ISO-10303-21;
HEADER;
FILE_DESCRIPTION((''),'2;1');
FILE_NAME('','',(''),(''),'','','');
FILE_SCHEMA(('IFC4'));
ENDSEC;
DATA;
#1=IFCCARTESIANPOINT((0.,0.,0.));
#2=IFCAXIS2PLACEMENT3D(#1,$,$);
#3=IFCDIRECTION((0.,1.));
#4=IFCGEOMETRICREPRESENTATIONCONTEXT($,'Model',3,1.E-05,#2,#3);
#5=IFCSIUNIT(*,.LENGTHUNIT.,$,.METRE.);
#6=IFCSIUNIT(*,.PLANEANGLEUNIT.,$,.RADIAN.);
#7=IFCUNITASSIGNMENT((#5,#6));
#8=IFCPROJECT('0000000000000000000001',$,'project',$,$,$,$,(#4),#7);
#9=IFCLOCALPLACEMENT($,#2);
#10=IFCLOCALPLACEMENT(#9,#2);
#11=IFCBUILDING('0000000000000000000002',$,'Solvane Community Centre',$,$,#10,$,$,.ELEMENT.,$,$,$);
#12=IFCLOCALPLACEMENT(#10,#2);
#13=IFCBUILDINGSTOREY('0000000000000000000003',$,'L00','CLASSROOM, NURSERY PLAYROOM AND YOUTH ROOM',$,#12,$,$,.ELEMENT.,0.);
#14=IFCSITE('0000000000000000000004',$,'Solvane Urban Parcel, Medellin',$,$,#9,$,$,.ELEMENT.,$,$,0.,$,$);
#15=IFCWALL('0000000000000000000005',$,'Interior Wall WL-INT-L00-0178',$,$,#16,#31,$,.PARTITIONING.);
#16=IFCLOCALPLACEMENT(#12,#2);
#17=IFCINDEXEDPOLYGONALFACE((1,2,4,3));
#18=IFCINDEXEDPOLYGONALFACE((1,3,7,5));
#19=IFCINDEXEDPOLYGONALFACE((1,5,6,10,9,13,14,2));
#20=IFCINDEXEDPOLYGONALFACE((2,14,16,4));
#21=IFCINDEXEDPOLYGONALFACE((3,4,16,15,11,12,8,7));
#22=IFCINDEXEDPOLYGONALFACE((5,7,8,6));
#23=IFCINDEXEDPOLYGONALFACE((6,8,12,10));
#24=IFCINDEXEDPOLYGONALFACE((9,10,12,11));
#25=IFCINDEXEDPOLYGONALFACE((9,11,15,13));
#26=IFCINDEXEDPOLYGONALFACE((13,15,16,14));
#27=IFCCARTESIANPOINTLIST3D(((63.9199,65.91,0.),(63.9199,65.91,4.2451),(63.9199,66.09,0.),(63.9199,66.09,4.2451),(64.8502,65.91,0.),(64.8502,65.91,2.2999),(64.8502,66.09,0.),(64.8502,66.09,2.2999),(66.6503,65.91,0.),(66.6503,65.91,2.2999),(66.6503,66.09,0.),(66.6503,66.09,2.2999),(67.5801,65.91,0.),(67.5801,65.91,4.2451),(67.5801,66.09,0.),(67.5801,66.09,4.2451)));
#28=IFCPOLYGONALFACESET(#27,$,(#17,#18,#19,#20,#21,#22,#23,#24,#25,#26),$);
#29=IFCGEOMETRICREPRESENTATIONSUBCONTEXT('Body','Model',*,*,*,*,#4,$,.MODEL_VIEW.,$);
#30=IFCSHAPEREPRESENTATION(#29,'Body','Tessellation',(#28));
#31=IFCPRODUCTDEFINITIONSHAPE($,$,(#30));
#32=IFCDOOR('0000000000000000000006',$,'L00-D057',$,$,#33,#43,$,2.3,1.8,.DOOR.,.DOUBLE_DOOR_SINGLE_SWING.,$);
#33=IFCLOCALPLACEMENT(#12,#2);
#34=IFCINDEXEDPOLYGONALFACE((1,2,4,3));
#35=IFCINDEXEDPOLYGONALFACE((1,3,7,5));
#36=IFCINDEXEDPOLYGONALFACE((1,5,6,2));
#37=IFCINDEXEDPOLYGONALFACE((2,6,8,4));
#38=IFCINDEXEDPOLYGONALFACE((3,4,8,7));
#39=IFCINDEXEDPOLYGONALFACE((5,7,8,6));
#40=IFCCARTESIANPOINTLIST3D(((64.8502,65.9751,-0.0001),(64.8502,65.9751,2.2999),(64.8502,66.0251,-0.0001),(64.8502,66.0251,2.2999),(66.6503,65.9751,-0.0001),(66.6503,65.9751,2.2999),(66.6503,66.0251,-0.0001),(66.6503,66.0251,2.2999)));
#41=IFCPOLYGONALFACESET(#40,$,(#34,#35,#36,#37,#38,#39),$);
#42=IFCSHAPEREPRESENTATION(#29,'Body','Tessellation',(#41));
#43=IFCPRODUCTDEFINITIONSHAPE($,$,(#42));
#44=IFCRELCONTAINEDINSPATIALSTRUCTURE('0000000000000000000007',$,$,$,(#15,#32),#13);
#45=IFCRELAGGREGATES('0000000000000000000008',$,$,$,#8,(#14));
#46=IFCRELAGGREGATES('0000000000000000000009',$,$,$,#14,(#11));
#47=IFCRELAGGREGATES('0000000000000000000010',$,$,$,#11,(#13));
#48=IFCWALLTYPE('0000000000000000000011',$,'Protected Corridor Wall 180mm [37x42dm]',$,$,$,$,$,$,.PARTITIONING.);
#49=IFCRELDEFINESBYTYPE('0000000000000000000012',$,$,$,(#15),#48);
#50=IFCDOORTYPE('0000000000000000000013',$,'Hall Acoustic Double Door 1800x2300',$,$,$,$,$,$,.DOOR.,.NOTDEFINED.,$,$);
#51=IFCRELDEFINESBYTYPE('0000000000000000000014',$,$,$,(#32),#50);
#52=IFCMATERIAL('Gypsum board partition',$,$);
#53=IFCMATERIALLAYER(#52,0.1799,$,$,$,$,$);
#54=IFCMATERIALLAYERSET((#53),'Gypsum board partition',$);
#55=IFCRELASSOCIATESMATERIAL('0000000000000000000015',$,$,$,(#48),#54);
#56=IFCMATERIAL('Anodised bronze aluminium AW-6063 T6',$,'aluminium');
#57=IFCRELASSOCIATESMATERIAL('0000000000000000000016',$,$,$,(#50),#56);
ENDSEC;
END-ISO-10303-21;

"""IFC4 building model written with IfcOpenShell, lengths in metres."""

from ifc_helpers import new_model, si_unit, direction, frame, frame_2d, origin, place, context, subcontext, project, spatial, rectangle, extrude, material, layer, layer_set, type_object, element, fill, save


model = new_model("IFC4")

# Units and contexts
model_context = context("Model", 3, precision=1e-05, world=origin(), true_north=direction((0.0, 1.0)))
body_context = subcontext(model_context, "Body", "Model", "MODEL_VIEW")
ifc_project = project(units=[si_unit("LENGTHUNIT", "METRE"), si_unit("PLANEANGLEUNIT", "RADIAN")], contexts=[model_context])

# Site, building, storey
site_placement = place(None, origin())
site = spatial("IfcSite", under=ifc_project, at=site_placement, Name="Solvane Urban Parcel, Medellin", CompositionType="ELEMENT", RefElevation=0.0)
building_placement = place(site_placement, origin())
building = spatial("IfcBuilding", under=site, at=building_placement, Name="Solvane Community Centre", CompositionType="ELEMENT")
storey_placement = place(building_placement, origin())
storey = spatial("IfcBuildingStorey", under=building, at=storey_placement, Name="L00", Description="CLASSROOM, NURSERY PLAYROOM AND YOUTH ROOM", CompositionType="ELEMENT", Elevation=0.0)

# Shared definitions
ifc_material_1 = material(Name="Anodised bronze aluminium AW-6063 T6", Category="aluminium")

# Shared definitions
ifc_material_2 = material(Name="Gypsum board partition")

# Wall, opening, door
ifc_layer_1 = layer(ifc_material_2, 0.1799)
ifc_layer_set_1 = layer_set([ifc_layer_1], Name="Gypsum board partition")
wall_type_1 = type_object("IfcWallType", Name="Protected Corridor Wall 180mm [37x42dm]", PredefinedType="PARTITIONING", material=ifc_layer_set_1)
wall_1_placement = place(storey_placement, frame((67.5801, 66.0, 0.0), z_axis=(0.0, 0.0, 1.0), x_axis=(-1.0, 0.0, 0.0)))
wall_1 = element("IfcWall", 1, at=wall_1_placement, inside=storey, type_object=wall_type_1, Name="Interior Wall WL-INT-L00-0178", PredefinedType="PARTITIONING", context=body_context, shape_type="SweptSolid", body=[
    extrude(rectangle(XDim=3.6602, YDim=0.1799, at=frame_2d((1.8301, 0.0))), origin(), (0.0, 0.0, 1.0), 4.2451),
])
opening_placement = place(wall_1_placement, frame((0.9299, 0.0, 0.0)))
opening = element("IfcOpeningElement", 2, at=opening_placement, cuts=wall_1, PredefinedType="OPENING", context=body_context, shape_type="SweptSolid", body=[
    extrude(rectangle(XDim=1.8, YDim=2.3, at=frame_2d((0.8999, 1.1499))), frame((0.0, 0.0999, 0.0), z_axis=(0.0, -1.0, 0.0), x_axis=(1.0, 0.0, 0.0)), (0.0, 0.0, 1.0), 0.2),
])
door_type = type_object("IfcDoorType", Name="Hall Acoustic Double Door 1800x2300", OperationType="NOTDEFINED", PredefinedType="DOOR", material=ifc_material_1)
door_placement = place(opening_placement, origin())
door = element("IfcDoor", 3, at=door_placement, inside=storey, type_object=door_type, Name="L00-D057", OperationType="DOUBLE_DOOR_SINGLE_SWING", OverallHeight=2.3, OverallWidth=1.8, PredefinedType="DOOR", context=body_context, shape_type="SweptSolid", body=[
    extrude(rectangle(XDim=1.8, YDim=2.3, at=frame_2d((0.8999, 1.1499))), frame((0.0, 0.0249, 0.0), z_axis=(0.0, -1.0, 0.0), x_axis=(1.0, 0.0, 0.0)), (0.0, 0.0, 1.0), 0.05),
])
fill(opening, door)

save(model, "model.ifc")
